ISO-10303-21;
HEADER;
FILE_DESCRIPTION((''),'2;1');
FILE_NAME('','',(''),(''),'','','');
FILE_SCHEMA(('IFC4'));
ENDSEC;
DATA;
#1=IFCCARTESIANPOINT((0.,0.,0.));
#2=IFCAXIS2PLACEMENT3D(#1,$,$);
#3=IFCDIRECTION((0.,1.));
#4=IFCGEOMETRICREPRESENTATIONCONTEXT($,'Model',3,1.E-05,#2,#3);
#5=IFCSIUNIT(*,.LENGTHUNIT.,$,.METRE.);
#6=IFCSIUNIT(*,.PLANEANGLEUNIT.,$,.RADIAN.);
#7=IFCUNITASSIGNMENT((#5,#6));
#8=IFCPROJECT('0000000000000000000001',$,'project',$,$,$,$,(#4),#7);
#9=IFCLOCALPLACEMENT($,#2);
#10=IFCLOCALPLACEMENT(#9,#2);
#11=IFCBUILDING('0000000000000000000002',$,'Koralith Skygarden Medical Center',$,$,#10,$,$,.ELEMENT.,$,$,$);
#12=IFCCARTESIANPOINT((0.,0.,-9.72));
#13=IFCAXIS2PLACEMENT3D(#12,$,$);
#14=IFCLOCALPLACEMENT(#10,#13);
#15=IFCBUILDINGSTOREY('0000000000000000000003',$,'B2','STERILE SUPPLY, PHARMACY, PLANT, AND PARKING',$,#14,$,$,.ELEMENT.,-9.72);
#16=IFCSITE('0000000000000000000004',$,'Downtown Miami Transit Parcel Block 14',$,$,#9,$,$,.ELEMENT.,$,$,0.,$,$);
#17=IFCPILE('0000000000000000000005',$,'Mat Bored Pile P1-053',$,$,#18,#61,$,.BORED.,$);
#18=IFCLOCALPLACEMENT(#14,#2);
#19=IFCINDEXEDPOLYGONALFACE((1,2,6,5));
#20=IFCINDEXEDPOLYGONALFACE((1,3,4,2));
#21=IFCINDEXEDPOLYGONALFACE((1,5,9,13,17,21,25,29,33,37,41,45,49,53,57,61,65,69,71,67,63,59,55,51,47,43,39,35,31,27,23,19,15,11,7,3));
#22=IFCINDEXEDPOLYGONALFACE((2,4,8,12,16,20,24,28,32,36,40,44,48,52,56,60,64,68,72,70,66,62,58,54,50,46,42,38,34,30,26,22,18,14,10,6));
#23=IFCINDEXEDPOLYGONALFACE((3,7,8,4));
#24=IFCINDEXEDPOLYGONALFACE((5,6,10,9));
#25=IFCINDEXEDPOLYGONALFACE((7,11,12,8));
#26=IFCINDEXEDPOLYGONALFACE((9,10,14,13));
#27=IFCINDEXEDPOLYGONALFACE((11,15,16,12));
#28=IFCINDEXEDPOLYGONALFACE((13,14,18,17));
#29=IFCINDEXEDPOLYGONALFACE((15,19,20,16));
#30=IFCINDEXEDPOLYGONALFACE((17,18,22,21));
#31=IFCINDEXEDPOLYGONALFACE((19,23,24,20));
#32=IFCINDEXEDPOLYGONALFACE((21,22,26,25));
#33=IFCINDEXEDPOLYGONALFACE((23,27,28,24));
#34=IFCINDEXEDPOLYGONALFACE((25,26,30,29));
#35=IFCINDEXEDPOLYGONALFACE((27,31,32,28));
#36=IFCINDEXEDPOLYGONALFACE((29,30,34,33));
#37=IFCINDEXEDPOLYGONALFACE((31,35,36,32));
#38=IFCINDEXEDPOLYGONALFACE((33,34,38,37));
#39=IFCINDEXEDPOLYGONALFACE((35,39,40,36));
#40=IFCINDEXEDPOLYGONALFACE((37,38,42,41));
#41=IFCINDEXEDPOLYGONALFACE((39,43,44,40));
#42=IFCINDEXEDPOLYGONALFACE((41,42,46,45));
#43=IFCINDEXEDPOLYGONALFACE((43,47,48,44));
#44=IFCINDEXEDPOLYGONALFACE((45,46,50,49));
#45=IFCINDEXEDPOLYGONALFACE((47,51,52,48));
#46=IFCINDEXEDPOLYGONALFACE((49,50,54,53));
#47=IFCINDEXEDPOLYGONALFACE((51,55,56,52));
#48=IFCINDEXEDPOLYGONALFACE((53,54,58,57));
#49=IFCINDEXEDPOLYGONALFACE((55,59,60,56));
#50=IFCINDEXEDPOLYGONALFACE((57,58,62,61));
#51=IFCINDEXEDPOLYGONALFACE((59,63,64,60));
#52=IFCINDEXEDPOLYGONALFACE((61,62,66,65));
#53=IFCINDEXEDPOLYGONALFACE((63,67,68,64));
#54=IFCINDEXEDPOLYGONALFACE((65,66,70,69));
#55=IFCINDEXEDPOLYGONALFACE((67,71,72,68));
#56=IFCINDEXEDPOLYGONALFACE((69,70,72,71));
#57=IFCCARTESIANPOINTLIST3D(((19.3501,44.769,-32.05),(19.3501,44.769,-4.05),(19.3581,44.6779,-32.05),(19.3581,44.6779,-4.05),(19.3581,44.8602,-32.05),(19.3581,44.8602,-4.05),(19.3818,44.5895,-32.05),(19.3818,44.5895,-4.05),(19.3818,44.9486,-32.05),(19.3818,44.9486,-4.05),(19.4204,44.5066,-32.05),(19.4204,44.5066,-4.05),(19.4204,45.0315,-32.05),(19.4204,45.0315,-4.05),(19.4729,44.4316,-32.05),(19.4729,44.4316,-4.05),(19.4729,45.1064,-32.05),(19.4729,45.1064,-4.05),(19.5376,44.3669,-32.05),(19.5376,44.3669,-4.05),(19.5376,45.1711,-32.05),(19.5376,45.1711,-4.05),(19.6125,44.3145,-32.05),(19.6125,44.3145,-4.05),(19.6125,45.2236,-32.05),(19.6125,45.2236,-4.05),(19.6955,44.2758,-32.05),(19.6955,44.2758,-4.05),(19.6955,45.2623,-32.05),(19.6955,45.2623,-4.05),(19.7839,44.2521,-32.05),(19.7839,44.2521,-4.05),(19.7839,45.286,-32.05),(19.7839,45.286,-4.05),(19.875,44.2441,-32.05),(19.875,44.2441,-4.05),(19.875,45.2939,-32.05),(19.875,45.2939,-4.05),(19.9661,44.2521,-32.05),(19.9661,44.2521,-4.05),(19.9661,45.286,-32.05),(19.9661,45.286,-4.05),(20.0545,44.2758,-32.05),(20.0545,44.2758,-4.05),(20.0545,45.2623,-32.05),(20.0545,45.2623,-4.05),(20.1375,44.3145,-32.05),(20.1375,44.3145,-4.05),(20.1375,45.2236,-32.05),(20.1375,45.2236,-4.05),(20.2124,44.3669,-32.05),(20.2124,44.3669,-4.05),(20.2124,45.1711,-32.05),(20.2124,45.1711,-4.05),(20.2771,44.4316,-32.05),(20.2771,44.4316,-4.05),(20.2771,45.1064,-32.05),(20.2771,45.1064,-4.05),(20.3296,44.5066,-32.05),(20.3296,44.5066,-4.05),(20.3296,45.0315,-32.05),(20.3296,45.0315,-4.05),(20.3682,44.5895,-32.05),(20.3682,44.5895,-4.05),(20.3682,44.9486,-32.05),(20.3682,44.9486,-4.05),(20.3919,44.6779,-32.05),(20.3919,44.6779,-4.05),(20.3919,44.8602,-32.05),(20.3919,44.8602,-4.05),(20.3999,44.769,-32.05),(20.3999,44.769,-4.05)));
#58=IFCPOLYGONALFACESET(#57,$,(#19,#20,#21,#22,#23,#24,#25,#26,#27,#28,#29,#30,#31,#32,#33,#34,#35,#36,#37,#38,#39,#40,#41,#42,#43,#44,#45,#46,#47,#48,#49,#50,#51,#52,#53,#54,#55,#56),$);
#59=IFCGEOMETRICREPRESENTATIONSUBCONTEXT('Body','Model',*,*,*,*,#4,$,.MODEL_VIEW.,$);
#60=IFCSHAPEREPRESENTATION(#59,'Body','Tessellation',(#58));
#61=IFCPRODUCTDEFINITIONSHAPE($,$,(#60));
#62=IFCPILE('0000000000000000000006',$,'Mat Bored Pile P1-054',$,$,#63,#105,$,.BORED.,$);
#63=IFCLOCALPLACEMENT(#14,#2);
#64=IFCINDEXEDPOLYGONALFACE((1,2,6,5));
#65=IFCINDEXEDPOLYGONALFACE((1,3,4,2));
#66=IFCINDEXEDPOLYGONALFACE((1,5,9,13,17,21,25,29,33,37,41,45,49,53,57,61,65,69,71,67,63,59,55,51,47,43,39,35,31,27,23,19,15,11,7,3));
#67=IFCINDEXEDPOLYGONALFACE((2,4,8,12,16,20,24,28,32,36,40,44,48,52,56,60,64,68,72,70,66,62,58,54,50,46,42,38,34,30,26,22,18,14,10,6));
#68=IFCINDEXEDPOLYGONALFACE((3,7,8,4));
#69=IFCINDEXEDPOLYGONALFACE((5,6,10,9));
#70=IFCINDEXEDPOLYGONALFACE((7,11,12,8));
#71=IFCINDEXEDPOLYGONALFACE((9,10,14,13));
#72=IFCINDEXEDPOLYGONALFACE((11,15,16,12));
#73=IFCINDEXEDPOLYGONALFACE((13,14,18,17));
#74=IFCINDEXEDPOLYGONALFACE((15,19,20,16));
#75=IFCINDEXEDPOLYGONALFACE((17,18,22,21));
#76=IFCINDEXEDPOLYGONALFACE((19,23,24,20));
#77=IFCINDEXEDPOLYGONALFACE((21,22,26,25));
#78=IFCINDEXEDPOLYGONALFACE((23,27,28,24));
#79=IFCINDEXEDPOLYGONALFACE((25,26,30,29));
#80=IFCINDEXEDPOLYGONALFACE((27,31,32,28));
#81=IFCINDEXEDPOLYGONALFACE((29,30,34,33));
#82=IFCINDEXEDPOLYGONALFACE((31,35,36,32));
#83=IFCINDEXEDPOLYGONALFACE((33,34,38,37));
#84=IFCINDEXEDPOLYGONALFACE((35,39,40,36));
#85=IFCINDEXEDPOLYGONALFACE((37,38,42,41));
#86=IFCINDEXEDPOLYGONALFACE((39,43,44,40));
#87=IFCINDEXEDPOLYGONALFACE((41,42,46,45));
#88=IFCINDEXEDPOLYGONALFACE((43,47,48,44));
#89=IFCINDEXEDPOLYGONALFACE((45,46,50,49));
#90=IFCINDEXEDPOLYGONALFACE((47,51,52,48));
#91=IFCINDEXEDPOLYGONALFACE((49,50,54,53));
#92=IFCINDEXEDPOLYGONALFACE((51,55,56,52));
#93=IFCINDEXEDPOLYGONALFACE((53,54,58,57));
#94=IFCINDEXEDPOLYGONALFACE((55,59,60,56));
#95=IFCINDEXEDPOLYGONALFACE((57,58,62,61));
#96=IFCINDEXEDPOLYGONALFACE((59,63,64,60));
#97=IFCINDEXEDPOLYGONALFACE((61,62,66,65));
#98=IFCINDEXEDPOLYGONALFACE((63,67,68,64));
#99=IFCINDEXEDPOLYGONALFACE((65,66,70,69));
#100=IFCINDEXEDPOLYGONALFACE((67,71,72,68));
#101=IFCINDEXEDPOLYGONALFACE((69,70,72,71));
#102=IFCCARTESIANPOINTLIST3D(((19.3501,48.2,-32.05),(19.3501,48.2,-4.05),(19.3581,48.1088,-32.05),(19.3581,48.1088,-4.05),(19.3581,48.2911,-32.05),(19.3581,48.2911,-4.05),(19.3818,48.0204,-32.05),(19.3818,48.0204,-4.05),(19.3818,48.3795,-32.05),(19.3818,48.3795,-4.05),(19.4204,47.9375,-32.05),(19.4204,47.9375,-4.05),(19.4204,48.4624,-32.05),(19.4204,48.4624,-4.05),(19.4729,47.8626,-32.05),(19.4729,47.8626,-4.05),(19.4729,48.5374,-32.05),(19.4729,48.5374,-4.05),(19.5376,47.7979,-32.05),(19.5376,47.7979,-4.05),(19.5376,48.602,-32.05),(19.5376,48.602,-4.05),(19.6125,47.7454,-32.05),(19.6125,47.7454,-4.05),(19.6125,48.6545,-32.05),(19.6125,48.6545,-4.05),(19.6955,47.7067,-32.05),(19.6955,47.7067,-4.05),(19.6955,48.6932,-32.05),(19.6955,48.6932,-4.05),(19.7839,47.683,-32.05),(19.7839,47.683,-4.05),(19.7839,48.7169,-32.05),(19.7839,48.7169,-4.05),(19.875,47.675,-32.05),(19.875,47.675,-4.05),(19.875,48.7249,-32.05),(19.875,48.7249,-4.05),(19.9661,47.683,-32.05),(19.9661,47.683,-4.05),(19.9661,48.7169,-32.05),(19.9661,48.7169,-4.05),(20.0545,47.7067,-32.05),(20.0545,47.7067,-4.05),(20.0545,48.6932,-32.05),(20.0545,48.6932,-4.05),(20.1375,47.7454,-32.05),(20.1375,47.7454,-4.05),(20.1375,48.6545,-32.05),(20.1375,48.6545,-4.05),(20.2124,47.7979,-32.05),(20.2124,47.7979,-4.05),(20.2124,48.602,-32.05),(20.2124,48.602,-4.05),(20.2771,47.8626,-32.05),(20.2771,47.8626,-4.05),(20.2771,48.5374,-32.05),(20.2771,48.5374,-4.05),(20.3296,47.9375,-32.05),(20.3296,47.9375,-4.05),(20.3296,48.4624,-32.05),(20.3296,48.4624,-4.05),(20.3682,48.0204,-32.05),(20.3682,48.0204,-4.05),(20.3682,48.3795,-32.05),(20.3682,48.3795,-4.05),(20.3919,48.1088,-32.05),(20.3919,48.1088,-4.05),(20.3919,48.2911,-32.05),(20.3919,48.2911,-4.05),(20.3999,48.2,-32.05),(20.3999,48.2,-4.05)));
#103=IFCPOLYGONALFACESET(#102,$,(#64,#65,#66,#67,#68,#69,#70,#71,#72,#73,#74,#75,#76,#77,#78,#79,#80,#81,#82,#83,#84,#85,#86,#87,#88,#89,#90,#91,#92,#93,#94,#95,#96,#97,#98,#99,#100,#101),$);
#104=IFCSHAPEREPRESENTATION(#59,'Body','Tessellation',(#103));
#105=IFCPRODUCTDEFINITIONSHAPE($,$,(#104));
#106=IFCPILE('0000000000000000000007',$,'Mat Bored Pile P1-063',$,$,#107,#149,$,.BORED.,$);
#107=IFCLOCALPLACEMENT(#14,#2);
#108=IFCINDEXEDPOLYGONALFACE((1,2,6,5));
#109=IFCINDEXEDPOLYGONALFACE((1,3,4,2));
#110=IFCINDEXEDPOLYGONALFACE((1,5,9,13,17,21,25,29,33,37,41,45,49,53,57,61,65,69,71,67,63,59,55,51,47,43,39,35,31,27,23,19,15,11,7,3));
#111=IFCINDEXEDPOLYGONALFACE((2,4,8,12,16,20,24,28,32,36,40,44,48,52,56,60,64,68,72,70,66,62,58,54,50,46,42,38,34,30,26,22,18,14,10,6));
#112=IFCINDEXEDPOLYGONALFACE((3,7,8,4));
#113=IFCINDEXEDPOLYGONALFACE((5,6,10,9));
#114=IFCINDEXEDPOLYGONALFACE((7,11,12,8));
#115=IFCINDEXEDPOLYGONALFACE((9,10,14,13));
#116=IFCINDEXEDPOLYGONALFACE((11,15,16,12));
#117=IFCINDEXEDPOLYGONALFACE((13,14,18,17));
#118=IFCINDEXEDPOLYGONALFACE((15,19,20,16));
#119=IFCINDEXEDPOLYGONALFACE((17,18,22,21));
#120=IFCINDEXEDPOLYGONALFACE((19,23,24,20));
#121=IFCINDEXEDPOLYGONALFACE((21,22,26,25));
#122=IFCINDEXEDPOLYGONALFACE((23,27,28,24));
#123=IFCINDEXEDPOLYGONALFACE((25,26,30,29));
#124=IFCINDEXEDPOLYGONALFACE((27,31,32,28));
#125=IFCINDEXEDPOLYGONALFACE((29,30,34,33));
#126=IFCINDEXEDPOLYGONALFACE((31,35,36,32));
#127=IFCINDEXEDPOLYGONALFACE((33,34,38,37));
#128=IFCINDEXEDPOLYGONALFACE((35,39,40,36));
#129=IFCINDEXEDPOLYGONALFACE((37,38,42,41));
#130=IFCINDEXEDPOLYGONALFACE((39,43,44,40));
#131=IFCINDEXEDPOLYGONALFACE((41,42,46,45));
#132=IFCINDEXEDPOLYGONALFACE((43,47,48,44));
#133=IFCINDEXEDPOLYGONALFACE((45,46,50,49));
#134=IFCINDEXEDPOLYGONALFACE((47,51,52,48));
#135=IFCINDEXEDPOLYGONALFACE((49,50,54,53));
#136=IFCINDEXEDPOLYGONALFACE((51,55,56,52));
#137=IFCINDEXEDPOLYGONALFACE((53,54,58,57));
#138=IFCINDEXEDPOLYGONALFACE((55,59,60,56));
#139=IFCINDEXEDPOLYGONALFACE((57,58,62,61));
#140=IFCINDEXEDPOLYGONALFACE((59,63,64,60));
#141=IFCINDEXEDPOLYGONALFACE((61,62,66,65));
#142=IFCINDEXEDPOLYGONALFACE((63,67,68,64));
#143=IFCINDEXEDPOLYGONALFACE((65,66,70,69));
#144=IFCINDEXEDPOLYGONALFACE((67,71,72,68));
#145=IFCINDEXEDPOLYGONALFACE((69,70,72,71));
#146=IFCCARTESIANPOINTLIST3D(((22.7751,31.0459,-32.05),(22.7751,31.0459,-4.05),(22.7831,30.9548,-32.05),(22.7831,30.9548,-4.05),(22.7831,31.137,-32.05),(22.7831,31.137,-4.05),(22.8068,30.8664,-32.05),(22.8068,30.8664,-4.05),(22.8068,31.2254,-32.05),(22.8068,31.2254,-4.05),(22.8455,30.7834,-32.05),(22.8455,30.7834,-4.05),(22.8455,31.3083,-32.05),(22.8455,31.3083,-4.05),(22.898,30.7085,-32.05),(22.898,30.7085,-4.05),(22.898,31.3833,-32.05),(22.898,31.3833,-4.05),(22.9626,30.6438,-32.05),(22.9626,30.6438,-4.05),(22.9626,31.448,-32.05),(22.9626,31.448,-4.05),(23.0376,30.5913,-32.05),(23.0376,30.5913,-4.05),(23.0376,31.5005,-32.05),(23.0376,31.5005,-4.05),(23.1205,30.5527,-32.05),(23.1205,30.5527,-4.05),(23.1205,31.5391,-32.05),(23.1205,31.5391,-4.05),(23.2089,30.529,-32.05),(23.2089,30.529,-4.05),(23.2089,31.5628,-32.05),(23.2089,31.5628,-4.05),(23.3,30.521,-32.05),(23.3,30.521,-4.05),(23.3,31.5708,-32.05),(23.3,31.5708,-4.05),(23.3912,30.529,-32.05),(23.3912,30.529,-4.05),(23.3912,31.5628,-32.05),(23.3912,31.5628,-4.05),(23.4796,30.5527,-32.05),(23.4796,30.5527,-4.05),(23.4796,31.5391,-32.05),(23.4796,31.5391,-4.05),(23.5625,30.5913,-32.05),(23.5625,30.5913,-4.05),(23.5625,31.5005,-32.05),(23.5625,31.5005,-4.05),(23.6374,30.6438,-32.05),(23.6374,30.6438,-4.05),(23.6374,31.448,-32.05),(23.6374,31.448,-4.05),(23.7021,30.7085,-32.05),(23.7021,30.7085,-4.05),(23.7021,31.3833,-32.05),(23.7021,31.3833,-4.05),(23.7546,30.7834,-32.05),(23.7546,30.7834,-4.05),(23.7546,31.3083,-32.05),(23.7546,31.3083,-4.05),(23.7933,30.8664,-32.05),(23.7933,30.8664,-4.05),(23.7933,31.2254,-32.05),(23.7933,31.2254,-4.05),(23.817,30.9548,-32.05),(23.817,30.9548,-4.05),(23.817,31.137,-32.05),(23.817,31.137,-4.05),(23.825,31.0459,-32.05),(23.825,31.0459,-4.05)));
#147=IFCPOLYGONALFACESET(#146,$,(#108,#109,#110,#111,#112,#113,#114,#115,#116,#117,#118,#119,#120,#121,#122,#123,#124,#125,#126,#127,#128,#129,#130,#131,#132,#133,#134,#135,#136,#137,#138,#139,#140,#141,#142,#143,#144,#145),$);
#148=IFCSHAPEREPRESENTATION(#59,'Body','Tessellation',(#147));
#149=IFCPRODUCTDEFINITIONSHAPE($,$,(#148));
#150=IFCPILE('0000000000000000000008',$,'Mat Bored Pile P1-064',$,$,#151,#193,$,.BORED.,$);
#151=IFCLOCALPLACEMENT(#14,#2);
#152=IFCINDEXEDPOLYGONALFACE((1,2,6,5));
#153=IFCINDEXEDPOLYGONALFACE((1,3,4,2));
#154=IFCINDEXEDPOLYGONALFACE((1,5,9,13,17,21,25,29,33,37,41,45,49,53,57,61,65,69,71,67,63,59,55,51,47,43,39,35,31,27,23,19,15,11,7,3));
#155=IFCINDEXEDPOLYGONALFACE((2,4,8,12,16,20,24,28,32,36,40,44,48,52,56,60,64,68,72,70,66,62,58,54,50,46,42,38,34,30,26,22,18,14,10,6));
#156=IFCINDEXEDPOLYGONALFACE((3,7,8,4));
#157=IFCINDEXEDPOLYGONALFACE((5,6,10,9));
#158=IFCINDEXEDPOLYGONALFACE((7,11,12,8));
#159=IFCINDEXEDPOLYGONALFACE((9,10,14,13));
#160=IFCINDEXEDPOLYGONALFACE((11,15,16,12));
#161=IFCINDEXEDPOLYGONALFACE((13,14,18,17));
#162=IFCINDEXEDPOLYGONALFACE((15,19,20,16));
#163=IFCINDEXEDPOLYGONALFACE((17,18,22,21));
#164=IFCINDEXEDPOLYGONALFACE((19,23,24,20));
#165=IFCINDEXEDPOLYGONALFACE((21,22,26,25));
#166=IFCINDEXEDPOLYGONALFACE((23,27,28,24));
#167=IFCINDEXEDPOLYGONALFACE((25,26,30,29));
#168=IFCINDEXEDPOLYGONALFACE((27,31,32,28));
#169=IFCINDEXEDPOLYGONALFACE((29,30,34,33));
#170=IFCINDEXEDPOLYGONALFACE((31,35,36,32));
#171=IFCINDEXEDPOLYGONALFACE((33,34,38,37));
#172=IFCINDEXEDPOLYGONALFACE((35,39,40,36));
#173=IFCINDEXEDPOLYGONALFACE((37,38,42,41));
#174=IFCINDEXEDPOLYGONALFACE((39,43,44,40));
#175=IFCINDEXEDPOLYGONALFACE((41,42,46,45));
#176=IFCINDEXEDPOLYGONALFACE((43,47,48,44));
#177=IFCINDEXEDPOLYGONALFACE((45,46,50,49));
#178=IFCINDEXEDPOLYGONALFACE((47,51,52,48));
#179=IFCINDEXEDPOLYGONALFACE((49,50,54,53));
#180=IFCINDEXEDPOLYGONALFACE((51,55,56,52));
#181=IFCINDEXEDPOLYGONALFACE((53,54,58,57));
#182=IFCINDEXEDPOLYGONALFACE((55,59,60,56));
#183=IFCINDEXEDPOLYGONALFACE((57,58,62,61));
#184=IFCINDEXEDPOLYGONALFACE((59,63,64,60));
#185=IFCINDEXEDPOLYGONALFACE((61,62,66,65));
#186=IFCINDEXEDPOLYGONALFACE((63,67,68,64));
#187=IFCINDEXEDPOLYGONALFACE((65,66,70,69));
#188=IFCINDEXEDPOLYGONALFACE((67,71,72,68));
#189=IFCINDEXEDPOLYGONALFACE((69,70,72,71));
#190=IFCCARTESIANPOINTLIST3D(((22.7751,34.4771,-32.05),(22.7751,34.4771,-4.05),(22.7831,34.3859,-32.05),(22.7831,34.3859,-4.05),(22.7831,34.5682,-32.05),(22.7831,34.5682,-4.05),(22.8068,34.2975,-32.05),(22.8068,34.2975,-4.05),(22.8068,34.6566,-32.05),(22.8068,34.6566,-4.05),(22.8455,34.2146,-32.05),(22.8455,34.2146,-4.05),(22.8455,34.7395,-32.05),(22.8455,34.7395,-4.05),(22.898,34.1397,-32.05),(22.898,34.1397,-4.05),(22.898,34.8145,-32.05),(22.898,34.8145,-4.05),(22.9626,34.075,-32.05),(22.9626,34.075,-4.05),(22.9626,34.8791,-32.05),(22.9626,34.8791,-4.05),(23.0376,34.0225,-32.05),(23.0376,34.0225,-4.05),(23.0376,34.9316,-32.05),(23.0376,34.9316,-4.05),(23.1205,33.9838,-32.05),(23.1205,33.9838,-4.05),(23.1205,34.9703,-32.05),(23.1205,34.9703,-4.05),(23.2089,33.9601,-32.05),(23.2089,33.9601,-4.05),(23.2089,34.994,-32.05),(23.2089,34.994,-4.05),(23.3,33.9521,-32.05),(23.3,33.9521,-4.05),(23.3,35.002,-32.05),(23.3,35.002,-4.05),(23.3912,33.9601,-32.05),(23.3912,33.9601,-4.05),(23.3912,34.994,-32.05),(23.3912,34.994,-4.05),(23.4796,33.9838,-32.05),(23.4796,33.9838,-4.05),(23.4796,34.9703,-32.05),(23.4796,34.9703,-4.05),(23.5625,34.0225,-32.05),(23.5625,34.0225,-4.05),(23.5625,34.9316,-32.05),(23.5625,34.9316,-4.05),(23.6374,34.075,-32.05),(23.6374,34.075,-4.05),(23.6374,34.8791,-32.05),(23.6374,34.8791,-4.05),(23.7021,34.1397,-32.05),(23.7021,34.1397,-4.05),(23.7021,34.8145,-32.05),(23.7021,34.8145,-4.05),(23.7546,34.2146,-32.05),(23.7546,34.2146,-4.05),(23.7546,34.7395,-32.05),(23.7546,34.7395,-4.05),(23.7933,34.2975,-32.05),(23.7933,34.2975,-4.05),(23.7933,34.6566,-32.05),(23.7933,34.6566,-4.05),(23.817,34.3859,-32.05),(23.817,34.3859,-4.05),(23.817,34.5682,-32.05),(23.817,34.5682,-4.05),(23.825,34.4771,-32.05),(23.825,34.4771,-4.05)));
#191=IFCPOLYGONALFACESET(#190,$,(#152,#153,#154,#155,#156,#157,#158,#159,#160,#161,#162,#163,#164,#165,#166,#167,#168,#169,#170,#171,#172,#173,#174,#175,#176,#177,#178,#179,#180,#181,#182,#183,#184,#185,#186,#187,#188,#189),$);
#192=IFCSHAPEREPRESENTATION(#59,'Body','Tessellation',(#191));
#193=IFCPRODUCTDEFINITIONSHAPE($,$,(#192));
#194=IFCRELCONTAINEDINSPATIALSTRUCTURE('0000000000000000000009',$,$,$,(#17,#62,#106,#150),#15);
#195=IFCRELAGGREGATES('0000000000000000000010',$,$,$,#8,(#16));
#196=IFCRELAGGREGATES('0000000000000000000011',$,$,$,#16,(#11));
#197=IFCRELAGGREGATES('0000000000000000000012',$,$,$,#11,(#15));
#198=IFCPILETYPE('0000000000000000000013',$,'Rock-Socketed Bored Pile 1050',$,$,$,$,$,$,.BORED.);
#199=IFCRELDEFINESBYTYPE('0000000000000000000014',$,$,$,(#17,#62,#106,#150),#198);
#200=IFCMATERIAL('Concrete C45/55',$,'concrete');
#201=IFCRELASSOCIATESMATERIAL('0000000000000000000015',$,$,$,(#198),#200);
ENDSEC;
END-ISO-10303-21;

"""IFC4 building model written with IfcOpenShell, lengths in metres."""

from ifc_helpers import new_model, si_unit, direction, frame, origin, origin_2d, place, context, subcontext, project, spatial, circle, extrude, material, material_profile, profile_set, type_object, element, save


model = new_model("IFC4")

# Units and contexts
model_context = context("Model", 3, precision=1e-05, world=origin(), true_north=direction((0.0, 1.0)))
body_context = subcontext(model_context, "Body", "Model", "MODEL_VIEW")
ifc_project = project(units=[si_unit("LENGTHUNIT", "METRE"), si_unit("PLANEANGLEUNIT", "RADIAN")], contexts=[model_context])

# Site, building, storey
site_placement = place(None, origin())
site = spatial("IfcSite", under=ifc_project, at=site_placement, Name="Downtown Miami Transit Parcel Block 14", CompositionType="ELEMENT", RefElevation=0.0)
building_placement = place(site_placement, origin())
building = spatial("IfcBuilding", under=site, at=building_placement, Name="Koralith Skygarden Medical Center", CompositionType="ELEMENT")
storey_placement = place(building_placement, frame((0.0, 0.0, -9.72)))
storey = spatial("IfcBuildingStorey", under=building, at=storey_placement, Name="B2", Description="STERILE SUPPLY, PHARMACY, PLANT, AND PARKING", CompositionType="ELEMENT", Elevation=-9.72)

# Piles
ifc_material_1 = material(Name="Concrete C45/55", Category="concrete")
ifc_material_profile_1 = material_profile(ifc_material_1, circle(Radius=0.5249, at=origin_2d()), Name="PILE1050")
ifc_profile_set_1 = profile_set([ifc_material_profile_1], Name="Concrete C45/55")
pile_type_1 = type_object("IfcPileType", Name="Rock-Socketed Bored Pile 1050", PredefinedType="BORED", material=ifc_profile_set_1)
for number, where, z_axis, x_axis, name in (
    (1, (19.875, 44.769, -4.05), (0.0, 0.0, -1.0), (1.0, 0.0, 0.0), "Mat Bored Pile P1-053"),
    (2, (19.875, 48.2, -4.05), (0.0, 0.0, -1.0), (1.0, 0.0, 0.0), "Mat Bored Pile P1-054"),
    (3, (23.3, 31.0459, -4.05), (0.0, 0.0, -1.0), (1.0, 0.0, 0.0), "Mat Bored Pile P1-063"),
    (4, (23.3, 34.4771, -4.05), (0.0, 0.0, -1.0), (1.0, 0.0, 0.0), "Mat Bored Pile P1-064"),
):
    element("IfcPile", number, at=place(storey_placement, frame(where, z_axis=z_axis, x_axis=x_axis)), inside=storey, type_object=pile_type_1, Name=name, PredefinedType="BORED", context=body_context, shape_type="SweptSolid", body=[
        extrude(circle(Radius=0.5249, at=origin_2d()), origin(), (0.0, 0.0, 1.0), 28.0),
    ])

save(model, "model.ifc")
